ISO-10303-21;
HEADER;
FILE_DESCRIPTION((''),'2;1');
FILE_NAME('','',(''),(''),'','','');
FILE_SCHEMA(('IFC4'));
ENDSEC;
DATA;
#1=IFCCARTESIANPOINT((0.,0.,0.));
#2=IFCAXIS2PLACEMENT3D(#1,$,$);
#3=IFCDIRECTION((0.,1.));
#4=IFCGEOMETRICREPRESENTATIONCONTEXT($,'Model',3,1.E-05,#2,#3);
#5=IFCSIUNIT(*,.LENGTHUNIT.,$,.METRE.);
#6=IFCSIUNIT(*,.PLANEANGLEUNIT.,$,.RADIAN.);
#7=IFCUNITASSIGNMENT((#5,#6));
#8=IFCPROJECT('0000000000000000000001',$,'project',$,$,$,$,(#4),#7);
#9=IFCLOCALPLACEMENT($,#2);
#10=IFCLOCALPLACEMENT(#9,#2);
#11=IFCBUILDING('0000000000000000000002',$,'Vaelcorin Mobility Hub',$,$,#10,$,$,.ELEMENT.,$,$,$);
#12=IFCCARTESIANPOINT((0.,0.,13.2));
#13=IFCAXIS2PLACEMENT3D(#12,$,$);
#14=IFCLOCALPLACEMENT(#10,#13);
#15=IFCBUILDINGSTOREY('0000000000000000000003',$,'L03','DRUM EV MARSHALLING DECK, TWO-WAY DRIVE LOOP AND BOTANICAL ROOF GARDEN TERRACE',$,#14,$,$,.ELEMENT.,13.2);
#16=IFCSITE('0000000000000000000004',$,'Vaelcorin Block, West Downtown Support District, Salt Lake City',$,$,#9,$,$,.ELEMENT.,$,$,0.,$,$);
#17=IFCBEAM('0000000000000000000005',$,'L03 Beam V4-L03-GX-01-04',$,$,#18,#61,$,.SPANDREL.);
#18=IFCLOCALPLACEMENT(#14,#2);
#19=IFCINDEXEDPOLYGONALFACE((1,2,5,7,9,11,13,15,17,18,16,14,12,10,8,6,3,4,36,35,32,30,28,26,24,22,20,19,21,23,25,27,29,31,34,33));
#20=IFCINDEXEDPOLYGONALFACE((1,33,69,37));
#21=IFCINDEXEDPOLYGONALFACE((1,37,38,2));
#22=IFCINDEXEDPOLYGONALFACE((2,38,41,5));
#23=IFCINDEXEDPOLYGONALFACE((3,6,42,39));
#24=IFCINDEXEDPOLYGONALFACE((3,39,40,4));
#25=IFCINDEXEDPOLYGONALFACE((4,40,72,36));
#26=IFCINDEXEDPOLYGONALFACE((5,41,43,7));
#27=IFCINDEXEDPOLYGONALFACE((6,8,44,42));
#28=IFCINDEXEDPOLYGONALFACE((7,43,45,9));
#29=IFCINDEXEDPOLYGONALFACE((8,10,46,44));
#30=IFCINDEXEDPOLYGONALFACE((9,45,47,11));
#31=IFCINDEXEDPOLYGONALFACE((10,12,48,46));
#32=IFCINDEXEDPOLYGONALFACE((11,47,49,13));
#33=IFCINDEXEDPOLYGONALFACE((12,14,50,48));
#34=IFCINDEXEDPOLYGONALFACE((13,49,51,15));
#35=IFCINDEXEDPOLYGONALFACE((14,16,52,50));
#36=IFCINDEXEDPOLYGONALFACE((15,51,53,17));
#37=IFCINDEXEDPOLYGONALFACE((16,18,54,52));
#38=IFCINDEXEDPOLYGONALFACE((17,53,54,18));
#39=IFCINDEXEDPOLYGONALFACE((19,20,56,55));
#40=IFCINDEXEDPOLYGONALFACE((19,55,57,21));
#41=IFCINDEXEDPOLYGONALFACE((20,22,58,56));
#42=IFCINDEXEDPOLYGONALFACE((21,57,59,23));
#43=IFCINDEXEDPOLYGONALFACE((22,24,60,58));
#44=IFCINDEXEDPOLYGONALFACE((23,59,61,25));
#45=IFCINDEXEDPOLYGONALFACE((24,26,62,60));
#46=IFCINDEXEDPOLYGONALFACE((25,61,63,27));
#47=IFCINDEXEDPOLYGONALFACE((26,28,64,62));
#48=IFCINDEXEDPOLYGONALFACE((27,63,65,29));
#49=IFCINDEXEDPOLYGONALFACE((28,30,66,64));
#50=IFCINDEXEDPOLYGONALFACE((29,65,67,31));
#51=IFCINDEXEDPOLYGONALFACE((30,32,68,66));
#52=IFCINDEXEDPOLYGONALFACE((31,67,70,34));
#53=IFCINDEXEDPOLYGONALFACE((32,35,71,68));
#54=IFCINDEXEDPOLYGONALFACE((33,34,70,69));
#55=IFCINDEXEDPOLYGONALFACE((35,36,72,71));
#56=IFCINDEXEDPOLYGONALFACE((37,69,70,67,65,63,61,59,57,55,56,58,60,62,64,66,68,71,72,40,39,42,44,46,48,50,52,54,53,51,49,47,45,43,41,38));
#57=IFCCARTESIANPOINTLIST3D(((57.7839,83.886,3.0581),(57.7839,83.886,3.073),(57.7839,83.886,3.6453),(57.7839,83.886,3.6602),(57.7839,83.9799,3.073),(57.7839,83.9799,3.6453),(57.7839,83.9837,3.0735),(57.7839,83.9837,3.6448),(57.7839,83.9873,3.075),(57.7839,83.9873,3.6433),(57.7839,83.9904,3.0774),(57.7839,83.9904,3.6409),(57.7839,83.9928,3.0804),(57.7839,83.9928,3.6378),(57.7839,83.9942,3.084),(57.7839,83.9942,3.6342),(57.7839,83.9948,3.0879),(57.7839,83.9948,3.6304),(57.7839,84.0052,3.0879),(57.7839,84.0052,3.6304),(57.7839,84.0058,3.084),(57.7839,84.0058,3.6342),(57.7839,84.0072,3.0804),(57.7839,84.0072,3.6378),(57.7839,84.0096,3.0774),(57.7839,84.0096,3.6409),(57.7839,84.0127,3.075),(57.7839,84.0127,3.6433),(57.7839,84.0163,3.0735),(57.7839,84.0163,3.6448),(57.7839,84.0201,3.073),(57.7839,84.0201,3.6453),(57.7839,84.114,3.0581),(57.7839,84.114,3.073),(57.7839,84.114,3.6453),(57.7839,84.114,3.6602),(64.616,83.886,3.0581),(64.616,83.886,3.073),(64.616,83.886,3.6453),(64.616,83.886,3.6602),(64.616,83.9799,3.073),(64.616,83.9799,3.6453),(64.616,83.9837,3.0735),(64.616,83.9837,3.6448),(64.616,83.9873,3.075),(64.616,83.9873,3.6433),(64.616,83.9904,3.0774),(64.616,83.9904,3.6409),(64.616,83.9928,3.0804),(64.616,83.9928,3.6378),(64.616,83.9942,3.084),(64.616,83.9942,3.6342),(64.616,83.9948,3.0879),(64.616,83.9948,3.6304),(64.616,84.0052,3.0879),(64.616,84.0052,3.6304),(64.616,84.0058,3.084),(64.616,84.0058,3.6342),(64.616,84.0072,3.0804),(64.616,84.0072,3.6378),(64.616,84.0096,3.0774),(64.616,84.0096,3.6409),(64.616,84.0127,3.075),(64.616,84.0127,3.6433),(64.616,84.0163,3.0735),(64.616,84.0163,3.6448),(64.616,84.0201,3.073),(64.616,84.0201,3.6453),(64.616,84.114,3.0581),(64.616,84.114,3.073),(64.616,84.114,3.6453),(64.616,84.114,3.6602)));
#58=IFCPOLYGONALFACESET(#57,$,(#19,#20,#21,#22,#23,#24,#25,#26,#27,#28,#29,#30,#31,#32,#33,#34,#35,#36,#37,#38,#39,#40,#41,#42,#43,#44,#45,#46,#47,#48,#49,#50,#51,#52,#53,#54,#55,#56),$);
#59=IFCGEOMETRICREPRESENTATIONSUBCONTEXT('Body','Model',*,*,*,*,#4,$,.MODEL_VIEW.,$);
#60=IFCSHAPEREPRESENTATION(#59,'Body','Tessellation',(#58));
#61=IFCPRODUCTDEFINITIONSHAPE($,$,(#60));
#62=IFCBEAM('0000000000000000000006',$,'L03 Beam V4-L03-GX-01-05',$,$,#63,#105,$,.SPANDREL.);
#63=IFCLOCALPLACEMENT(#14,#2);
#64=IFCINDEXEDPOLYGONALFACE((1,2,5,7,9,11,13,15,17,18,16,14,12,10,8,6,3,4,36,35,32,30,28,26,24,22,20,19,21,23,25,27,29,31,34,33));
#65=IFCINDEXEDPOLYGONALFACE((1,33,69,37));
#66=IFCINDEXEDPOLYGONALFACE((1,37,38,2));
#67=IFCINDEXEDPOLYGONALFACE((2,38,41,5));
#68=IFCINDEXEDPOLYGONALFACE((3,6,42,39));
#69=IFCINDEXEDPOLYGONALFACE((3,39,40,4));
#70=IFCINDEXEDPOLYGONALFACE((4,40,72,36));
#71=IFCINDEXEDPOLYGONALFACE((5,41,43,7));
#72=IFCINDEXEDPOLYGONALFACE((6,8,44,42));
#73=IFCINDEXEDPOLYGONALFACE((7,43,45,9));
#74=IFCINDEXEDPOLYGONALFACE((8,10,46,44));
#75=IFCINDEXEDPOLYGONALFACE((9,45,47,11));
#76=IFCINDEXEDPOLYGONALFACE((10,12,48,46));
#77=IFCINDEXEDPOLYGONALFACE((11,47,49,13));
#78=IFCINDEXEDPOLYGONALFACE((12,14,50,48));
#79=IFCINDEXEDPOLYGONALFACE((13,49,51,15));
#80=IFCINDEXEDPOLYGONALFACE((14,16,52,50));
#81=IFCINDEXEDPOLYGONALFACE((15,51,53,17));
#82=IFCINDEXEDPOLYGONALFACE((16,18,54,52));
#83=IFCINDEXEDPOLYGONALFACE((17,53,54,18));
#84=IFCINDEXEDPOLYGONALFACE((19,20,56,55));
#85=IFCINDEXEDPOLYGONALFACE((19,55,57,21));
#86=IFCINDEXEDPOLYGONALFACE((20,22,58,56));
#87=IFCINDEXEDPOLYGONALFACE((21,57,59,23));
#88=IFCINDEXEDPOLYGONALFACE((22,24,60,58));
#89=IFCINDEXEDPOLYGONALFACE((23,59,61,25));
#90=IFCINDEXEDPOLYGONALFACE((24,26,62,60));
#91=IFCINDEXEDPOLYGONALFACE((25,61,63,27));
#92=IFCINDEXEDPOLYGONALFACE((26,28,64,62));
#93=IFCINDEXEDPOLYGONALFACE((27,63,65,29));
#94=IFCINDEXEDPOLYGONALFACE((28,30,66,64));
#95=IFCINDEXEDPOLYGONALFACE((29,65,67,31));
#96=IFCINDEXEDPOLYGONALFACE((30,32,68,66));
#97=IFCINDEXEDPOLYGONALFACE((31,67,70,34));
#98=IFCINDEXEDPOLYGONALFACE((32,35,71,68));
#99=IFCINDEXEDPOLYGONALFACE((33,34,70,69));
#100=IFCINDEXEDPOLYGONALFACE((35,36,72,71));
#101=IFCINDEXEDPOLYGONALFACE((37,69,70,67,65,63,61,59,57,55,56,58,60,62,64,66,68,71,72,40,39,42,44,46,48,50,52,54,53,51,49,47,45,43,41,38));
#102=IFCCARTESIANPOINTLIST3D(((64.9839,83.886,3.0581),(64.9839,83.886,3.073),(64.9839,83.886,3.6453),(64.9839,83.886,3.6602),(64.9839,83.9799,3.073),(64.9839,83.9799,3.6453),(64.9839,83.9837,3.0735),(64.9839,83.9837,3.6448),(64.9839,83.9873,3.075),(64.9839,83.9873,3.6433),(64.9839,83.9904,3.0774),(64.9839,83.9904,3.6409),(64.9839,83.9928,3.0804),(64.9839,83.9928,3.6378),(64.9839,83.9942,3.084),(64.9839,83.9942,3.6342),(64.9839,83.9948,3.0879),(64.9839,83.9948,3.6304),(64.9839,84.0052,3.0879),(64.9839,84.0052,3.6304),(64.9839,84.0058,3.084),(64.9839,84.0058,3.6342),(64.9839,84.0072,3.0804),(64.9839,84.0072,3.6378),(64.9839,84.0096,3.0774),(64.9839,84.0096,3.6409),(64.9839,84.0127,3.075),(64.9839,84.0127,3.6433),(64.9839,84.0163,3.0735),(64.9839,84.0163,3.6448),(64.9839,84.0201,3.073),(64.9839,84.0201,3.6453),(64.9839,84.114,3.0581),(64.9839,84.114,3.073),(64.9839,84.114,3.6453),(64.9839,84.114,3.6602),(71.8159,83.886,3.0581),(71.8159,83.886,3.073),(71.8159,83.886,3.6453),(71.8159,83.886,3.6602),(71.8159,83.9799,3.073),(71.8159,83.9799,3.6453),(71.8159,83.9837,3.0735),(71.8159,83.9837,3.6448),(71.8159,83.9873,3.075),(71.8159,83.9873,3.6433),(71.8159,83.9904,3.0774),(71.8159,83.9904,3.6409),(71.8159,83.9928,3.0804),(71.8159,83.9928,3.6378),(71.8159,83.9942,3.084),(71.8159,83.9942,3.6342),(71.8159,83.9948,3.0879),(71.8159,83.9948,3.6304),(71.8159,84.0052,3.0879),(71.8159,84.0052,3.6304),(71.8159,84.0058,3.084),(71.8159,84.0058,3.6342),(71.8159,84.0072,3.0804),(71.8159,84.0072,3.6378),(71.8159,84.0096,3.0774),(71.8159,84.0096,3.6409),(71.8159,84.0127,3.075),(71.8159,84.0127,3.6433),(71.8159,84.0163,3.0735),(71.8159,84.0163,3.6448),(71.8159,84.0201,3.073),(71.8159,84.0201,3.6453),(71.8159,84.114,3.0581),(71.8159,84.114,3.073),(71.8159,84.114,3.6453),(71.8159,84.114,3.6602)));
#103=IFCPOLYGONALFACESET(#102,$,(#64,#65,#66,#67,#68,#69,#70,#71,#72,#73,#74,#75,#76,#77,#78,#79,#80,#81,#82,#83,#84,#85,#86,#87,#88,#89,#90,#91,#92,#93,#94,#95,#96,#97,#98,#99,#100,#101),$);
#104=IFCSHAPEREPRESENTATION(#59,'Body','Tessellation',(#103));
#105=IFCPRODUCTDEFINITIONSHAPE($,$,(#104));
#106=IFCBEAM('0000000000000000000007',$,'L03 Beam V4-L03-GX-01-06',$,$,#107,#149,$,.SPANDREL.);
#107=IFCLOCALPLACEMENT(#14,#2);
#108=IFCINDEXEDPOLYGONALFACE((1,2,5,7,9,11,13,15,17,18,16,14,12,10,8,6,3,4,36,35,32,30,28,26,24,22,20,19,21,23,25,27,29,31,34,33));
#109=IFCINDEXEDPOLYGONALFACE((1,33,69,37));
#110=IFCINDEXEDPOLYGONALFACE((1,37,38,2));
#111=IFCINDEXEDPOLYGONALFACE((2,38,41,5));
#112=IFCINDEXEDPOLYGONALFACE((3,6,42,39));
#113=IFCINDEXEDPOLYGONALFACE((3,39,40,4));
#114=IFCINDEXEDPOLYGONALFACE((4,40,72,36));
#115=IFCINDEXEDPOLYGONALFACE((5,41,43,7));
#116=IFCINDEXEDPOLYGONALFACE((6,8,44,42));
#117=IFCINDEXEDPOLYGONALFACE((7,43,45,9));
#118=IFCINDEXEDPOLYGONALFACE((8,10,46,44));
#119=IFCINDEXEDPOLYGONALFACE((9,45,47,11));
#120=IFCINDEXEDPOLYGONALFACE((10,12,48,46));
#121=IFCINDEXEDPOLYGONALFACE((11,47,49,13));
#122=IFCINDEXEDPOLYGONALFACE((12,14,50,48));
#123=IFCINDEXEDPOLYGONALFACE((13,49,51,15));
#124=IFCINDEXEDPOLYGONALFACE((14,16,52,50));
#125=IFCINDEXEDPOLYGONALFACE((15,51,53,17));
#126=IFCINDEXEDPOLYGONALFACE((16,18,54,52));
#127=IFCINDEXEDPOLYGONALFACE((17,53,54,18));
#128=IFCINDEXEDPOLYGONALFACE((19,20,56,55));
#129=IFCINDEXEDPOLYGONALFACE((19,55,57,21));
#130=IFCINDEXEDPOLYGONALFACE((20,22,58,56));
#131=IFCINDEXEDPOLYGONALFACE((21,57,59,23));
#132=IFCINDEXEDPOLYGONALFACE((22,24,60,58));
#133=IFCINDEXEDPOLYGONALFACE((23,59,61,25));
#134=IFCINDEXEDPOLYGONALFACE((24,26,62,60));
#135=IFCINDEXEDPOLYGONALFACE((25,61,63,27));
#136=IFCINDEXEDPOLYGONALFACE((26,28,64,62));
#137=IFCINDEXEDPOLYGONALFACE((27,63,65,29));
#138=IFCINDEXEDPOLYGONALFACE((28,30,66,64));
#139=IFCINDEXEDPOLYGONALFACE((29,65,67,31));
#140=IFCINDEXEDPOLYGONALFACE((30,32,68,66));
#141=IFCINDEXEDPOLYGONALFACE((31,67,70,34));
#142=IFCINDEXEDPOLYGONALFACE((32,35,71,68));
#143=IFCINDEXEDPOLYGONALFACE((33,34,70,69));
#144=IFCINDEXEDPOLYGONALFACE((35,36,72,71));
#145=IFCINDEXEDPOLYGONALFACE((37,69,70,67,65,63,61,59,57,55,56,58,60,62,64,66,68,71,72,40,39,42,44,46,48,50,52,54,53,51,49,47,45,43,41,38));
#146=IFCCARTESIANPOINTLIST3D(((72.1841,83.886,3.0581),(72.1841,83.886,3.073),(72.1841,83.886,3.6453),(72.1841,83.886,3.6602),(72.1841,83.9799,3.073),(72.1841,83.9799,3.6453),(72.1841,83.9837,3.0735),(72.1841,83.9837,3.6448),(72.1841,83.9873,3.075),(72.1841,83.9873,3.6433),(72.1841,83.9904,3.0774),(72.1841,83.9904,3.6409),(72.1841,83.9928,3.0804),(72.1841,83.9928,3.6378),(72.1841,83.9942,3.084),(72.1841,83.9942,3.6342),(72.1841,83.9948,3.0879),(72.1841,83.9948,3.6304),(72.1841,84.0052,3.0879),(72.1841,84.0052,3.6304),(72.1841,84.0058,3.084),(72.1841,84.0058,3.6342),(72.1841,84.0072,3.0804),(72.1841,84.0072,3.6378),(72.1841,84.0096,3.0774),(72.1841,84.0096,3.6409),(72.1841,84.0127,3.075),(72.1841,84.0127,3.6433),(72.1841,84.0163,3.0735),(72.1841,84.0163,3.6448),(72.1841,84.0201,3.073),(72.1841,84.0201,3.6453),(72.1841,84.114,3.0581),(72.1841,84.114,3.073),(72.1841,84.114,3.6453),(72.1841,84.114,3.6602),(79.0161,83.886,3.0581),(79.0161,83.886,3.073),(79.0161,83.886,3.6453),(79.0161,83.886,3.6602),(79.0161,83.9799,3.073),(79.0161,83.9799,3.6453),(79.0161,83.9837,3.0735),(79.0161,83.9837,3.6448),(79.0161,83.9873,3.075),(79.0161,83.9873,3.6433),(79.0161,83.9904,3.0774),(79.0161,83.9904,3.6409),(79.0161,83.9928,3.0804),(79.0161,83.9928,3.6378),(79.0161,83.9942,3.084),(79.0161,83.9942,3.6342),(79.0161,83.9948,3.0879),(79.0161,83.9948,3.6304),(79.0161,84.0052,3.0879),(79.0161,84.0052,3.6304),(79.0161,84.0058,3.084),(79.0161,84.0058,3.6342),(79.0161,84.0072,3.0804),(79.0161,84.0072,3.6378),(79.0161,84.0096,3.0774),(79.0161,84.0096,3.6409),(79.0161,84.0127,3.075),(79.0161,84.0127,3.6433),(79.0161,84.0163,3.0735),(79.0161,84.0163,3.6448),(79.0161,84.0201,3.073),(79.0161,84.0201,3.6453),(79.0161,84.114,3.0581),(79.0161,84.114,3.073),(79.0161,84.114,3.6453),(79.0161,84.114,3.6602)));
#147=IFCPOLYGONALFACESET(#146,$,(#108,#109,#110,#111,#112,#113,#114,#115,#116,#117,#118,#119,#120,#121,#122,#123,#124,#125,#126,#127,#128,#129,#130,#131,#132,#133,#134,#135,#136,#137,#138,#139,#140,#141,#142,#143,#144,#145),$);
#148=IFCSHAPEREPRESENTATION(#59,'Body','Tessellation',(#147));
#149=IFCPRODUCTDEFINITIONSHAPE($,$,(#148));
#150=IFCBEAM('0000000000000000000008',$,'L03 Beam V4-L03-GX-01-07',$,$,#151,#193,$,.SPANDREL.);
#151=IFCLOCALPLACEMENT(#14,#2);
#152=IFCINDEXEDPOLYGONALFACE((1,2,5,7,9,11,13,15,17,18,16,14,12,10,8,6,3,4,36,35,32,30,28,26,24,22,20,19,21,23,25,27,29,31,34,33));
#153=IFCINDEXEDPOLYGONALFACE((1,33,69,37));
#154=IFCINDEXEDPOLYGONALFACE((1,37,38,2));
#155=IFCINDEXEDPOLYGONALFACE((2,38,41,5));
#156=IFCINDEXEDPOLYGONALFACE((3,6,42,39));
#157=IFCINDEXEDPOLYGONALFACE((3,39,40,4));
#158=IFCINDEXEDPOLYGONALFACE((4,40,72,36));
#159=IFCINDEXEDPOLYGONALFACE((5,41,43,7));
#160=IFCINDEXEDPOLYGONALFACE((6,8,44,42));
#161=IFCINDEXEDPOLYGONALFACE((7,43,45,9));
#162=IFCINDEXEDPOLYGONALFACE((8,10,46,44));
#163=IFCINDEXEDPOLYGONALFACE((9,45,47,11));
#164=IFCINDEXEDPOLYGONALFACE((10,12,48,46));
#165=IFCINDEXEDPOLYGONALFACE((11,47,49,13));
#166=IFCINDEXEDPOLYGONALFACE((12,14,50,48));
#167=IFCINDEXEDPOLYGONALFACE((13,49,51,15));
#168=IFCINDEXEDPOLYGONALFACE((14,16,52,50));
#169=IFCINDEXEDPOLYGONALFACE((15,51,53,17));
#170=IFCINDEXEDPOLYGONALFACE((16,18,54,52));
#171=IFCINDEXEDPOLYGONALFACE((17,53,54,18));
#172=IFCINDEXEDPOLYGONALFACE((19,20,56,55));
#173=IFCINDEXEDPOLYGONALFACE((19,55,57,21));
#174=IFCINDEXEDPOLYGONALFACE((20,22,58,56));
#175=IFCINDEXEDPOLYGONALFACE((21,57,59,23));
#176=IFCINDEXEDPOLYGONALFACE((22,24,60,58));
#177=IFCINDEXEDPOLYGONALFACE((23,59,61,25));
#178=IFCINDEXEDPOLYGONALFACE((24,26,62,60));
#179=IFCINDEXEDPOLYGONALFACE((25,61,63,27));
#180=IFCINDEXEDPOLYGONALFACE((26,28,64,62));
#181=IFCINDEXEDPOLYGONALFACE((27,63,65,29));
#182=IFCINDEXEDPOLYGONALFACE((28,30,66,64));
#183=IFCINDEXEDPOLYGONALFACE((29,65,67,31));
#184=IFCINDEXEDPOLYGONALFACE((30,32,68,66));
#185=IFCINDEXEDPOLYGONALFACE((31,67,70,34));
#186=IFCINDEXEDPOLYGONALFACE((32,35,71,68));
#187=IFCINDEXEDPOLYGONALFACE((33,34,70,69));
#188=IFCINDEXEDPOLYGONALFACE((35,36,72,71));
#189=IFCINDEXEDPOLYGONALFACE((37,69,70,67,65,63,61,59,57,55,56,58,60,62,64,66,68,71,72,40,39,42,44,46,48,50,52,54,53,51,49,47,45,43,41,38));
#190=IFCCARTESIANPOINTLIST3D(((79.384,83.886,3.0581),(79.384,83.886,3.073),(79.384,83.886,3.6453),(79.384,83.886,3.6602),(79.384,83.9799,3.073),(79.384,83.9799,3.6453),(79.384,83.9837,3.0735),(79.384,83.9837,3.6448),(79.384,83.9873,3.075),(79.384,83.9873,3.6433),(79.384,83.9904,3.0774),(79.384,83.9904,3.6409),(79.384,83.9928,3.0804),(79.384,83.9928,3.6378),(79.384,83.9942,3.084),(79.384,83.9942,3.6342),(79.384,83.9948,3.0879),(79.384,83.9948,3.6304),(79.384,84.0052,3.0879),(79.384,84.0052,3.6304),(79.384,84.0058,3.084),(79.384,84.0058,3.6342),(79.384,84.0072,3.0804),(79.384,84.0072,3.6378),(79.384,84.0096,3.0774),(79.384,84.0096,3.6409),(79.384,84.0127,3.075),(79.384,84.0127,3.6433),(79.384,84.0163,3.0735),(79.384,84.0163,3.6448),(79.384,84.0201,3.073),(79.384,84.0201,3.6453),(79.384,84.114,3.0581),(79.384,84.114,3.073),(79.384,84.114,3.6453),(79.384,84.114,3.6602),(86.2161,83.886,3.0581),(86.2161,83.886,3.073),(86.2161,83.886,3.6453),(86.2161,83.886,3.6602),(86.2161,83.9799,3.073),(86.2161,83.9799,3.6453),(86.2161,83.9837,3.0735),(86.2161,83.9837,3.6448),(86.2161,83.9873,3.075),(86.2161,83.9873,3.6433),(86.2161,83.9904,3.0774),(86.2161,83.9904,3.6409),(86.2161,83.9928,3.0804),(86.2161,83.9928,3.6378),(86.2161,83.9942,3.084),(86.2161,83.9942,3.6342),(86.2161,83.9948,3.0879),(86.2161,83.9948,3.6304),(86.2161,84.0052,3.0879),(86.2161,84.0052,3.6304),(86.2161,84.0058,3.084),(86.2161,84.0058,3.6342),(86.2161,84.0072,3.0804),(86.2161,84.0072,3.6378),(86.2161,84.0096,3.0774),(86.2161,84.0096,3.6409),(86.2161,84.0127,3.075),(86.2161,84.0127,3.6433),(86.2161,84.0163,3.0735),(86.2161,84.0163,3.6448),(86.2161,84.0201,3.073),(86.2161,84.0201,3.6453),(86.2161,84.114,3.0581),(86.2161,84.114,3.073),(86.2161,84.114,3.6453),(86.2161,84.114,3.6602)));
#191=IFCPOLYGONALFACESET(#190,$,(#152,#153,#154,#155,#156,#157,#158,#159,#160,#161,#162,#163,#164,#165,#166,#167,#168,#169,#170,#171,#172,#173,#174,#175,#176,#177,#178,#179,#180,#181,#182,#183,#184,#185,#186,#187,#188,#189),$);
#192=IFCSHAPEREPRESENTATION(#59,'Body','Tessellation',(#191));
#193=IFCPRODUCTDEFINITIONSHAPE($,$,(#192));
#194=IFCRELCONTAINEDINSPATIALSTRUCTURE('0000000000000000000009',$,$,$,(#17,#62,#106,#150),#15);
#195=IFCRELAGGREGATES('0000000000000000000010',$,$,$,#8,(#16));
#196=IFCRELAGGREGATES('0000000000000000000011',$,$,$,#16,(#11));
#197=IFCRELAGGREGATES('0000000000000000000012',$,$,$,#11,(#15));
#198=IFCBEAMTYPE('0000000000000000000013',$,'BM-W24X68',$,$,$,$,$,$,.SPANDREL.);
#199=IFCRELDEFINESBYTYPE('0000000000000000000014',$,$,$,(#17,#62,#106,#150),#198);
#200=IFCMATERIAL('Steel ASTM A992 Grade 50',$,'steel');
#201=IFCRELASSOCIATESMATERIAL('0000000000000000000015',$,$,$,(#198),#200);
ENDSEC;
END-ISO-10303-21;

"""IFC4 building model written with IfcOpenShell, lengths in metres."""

from ifc_helpers import new_model, si_unit, direction, frame, origin, origin_2d, place, context, subcontext, project, spatial, i_section, extrude, material, material_profile, profile_set, type_object, element, save


model = new_model("IFC4")

# Units and contexts
model_context = context("Model", 3, precision=1e-05, world=origin(), true_north=direction((0.0, 1.0)))
body_context = subcontext(model_context, "Body", "Model", "MODEL_VIEW")
ifc_project = project(units=[si_unit("LENGTHUNIT", "METRE"), si_unit("PLANEANGLEUNIT", "RADIAN")], contexts=[model_context])

# Site, building, storey
site_placement = place(None, origin())
site = spatial("IfcSite", under=ifc_project, at=site_placement, Name="Vaelcorin Block, West Downtown Support District, Salt Lake City", CompositionType="ELEMENT", RefElevation=0.0)
building_placement = place(site_placement, origin())
building = spatial("IfcBuilding", under=site, at=building_placement, Name="Vaelcorin Mobility Hub", CompositionType="ELEMENT")
storey_placement = place(building_placement, frame((0.0, 0.0, 13.2)))
storey = spatial("IfcBuildingStorey", under=building, at=storey_placement, Name="L03", Description="DRUM EV MARSHALLING DECK, TWO-WAY DRIVE LOOP AND BOTANICAL ROOF GARDEN TERRACE", CompositionType="ELEMENT", Elevation=13.2)

# Shared definitions
ifc_material_1 = material(Name="Steel ASTM A992 Grade 50", Category="steel")

# Beams
ifc_material_profile_1 = material_profile(ifc_material_1, i_section(OverallWidth=0.228, OverallDepth=0.6021, WebThickness=0.0105, FlangeThickness=0.0149, FilletRadius=0.0149, at=origin_2d()), Name="W24X68")
ifc_profile_set_1 = profile_set([ifc_material_profile_1], Name="Steel ASTM A992 Grade 50")
beam_type_1 = type_object("IfcBeamType", Name="BM-W24X68", PredefinedType="SPANDREL", material=ifc_profile_set_1)
for number, where, z_axis, x_axis, name in (
    (1, (57.7839, 84.0, 3.3591), (1.0, 0.0, 0.0), (0.0, 1.0, 0.0), "L03 Beam V4-L03-GX-01-04"),
    (2, (64.9839, 84.0, 3.3591), (1.0, 0.0, 0.0), (0.0, 1.0, 0.0), "L03 Beam V4-L03-GX-01-05"),
    (3, (72.1841, 84.0, 3.3591), (1.0, 0.0, 0.0), (0.0, 1.0, 0.0), "L03 Beam V4-L03-GX-01-06"),
    (4, (79.384, 84.0, 3.3591), (1.0, 0.0, 0.0), (0.0, 1.0, 0.0), "L03 Beam V4-L03-GX-01-07"),
):
    element("IfcBeam", number, at=place(storey_placement, frame(where, z_axis=z_axis, x_axis=x_axis)), inside=storey, type_object=beam_type_1, Name=name, PredefinedType="SPANDREL", context=body_context, shape_type="SweptSolid", body=[
        extrude(i_section(OverallWidth=0.228, OverallDepth=0.6021, WebThickness=0.0105, FlangeThickness=0.0149, FilletRadius=0.0149, at=origin_2d()), origin(), (0.0, 0.0, 1.0), 6.832),
    ])

save(model, "model.ifc")
